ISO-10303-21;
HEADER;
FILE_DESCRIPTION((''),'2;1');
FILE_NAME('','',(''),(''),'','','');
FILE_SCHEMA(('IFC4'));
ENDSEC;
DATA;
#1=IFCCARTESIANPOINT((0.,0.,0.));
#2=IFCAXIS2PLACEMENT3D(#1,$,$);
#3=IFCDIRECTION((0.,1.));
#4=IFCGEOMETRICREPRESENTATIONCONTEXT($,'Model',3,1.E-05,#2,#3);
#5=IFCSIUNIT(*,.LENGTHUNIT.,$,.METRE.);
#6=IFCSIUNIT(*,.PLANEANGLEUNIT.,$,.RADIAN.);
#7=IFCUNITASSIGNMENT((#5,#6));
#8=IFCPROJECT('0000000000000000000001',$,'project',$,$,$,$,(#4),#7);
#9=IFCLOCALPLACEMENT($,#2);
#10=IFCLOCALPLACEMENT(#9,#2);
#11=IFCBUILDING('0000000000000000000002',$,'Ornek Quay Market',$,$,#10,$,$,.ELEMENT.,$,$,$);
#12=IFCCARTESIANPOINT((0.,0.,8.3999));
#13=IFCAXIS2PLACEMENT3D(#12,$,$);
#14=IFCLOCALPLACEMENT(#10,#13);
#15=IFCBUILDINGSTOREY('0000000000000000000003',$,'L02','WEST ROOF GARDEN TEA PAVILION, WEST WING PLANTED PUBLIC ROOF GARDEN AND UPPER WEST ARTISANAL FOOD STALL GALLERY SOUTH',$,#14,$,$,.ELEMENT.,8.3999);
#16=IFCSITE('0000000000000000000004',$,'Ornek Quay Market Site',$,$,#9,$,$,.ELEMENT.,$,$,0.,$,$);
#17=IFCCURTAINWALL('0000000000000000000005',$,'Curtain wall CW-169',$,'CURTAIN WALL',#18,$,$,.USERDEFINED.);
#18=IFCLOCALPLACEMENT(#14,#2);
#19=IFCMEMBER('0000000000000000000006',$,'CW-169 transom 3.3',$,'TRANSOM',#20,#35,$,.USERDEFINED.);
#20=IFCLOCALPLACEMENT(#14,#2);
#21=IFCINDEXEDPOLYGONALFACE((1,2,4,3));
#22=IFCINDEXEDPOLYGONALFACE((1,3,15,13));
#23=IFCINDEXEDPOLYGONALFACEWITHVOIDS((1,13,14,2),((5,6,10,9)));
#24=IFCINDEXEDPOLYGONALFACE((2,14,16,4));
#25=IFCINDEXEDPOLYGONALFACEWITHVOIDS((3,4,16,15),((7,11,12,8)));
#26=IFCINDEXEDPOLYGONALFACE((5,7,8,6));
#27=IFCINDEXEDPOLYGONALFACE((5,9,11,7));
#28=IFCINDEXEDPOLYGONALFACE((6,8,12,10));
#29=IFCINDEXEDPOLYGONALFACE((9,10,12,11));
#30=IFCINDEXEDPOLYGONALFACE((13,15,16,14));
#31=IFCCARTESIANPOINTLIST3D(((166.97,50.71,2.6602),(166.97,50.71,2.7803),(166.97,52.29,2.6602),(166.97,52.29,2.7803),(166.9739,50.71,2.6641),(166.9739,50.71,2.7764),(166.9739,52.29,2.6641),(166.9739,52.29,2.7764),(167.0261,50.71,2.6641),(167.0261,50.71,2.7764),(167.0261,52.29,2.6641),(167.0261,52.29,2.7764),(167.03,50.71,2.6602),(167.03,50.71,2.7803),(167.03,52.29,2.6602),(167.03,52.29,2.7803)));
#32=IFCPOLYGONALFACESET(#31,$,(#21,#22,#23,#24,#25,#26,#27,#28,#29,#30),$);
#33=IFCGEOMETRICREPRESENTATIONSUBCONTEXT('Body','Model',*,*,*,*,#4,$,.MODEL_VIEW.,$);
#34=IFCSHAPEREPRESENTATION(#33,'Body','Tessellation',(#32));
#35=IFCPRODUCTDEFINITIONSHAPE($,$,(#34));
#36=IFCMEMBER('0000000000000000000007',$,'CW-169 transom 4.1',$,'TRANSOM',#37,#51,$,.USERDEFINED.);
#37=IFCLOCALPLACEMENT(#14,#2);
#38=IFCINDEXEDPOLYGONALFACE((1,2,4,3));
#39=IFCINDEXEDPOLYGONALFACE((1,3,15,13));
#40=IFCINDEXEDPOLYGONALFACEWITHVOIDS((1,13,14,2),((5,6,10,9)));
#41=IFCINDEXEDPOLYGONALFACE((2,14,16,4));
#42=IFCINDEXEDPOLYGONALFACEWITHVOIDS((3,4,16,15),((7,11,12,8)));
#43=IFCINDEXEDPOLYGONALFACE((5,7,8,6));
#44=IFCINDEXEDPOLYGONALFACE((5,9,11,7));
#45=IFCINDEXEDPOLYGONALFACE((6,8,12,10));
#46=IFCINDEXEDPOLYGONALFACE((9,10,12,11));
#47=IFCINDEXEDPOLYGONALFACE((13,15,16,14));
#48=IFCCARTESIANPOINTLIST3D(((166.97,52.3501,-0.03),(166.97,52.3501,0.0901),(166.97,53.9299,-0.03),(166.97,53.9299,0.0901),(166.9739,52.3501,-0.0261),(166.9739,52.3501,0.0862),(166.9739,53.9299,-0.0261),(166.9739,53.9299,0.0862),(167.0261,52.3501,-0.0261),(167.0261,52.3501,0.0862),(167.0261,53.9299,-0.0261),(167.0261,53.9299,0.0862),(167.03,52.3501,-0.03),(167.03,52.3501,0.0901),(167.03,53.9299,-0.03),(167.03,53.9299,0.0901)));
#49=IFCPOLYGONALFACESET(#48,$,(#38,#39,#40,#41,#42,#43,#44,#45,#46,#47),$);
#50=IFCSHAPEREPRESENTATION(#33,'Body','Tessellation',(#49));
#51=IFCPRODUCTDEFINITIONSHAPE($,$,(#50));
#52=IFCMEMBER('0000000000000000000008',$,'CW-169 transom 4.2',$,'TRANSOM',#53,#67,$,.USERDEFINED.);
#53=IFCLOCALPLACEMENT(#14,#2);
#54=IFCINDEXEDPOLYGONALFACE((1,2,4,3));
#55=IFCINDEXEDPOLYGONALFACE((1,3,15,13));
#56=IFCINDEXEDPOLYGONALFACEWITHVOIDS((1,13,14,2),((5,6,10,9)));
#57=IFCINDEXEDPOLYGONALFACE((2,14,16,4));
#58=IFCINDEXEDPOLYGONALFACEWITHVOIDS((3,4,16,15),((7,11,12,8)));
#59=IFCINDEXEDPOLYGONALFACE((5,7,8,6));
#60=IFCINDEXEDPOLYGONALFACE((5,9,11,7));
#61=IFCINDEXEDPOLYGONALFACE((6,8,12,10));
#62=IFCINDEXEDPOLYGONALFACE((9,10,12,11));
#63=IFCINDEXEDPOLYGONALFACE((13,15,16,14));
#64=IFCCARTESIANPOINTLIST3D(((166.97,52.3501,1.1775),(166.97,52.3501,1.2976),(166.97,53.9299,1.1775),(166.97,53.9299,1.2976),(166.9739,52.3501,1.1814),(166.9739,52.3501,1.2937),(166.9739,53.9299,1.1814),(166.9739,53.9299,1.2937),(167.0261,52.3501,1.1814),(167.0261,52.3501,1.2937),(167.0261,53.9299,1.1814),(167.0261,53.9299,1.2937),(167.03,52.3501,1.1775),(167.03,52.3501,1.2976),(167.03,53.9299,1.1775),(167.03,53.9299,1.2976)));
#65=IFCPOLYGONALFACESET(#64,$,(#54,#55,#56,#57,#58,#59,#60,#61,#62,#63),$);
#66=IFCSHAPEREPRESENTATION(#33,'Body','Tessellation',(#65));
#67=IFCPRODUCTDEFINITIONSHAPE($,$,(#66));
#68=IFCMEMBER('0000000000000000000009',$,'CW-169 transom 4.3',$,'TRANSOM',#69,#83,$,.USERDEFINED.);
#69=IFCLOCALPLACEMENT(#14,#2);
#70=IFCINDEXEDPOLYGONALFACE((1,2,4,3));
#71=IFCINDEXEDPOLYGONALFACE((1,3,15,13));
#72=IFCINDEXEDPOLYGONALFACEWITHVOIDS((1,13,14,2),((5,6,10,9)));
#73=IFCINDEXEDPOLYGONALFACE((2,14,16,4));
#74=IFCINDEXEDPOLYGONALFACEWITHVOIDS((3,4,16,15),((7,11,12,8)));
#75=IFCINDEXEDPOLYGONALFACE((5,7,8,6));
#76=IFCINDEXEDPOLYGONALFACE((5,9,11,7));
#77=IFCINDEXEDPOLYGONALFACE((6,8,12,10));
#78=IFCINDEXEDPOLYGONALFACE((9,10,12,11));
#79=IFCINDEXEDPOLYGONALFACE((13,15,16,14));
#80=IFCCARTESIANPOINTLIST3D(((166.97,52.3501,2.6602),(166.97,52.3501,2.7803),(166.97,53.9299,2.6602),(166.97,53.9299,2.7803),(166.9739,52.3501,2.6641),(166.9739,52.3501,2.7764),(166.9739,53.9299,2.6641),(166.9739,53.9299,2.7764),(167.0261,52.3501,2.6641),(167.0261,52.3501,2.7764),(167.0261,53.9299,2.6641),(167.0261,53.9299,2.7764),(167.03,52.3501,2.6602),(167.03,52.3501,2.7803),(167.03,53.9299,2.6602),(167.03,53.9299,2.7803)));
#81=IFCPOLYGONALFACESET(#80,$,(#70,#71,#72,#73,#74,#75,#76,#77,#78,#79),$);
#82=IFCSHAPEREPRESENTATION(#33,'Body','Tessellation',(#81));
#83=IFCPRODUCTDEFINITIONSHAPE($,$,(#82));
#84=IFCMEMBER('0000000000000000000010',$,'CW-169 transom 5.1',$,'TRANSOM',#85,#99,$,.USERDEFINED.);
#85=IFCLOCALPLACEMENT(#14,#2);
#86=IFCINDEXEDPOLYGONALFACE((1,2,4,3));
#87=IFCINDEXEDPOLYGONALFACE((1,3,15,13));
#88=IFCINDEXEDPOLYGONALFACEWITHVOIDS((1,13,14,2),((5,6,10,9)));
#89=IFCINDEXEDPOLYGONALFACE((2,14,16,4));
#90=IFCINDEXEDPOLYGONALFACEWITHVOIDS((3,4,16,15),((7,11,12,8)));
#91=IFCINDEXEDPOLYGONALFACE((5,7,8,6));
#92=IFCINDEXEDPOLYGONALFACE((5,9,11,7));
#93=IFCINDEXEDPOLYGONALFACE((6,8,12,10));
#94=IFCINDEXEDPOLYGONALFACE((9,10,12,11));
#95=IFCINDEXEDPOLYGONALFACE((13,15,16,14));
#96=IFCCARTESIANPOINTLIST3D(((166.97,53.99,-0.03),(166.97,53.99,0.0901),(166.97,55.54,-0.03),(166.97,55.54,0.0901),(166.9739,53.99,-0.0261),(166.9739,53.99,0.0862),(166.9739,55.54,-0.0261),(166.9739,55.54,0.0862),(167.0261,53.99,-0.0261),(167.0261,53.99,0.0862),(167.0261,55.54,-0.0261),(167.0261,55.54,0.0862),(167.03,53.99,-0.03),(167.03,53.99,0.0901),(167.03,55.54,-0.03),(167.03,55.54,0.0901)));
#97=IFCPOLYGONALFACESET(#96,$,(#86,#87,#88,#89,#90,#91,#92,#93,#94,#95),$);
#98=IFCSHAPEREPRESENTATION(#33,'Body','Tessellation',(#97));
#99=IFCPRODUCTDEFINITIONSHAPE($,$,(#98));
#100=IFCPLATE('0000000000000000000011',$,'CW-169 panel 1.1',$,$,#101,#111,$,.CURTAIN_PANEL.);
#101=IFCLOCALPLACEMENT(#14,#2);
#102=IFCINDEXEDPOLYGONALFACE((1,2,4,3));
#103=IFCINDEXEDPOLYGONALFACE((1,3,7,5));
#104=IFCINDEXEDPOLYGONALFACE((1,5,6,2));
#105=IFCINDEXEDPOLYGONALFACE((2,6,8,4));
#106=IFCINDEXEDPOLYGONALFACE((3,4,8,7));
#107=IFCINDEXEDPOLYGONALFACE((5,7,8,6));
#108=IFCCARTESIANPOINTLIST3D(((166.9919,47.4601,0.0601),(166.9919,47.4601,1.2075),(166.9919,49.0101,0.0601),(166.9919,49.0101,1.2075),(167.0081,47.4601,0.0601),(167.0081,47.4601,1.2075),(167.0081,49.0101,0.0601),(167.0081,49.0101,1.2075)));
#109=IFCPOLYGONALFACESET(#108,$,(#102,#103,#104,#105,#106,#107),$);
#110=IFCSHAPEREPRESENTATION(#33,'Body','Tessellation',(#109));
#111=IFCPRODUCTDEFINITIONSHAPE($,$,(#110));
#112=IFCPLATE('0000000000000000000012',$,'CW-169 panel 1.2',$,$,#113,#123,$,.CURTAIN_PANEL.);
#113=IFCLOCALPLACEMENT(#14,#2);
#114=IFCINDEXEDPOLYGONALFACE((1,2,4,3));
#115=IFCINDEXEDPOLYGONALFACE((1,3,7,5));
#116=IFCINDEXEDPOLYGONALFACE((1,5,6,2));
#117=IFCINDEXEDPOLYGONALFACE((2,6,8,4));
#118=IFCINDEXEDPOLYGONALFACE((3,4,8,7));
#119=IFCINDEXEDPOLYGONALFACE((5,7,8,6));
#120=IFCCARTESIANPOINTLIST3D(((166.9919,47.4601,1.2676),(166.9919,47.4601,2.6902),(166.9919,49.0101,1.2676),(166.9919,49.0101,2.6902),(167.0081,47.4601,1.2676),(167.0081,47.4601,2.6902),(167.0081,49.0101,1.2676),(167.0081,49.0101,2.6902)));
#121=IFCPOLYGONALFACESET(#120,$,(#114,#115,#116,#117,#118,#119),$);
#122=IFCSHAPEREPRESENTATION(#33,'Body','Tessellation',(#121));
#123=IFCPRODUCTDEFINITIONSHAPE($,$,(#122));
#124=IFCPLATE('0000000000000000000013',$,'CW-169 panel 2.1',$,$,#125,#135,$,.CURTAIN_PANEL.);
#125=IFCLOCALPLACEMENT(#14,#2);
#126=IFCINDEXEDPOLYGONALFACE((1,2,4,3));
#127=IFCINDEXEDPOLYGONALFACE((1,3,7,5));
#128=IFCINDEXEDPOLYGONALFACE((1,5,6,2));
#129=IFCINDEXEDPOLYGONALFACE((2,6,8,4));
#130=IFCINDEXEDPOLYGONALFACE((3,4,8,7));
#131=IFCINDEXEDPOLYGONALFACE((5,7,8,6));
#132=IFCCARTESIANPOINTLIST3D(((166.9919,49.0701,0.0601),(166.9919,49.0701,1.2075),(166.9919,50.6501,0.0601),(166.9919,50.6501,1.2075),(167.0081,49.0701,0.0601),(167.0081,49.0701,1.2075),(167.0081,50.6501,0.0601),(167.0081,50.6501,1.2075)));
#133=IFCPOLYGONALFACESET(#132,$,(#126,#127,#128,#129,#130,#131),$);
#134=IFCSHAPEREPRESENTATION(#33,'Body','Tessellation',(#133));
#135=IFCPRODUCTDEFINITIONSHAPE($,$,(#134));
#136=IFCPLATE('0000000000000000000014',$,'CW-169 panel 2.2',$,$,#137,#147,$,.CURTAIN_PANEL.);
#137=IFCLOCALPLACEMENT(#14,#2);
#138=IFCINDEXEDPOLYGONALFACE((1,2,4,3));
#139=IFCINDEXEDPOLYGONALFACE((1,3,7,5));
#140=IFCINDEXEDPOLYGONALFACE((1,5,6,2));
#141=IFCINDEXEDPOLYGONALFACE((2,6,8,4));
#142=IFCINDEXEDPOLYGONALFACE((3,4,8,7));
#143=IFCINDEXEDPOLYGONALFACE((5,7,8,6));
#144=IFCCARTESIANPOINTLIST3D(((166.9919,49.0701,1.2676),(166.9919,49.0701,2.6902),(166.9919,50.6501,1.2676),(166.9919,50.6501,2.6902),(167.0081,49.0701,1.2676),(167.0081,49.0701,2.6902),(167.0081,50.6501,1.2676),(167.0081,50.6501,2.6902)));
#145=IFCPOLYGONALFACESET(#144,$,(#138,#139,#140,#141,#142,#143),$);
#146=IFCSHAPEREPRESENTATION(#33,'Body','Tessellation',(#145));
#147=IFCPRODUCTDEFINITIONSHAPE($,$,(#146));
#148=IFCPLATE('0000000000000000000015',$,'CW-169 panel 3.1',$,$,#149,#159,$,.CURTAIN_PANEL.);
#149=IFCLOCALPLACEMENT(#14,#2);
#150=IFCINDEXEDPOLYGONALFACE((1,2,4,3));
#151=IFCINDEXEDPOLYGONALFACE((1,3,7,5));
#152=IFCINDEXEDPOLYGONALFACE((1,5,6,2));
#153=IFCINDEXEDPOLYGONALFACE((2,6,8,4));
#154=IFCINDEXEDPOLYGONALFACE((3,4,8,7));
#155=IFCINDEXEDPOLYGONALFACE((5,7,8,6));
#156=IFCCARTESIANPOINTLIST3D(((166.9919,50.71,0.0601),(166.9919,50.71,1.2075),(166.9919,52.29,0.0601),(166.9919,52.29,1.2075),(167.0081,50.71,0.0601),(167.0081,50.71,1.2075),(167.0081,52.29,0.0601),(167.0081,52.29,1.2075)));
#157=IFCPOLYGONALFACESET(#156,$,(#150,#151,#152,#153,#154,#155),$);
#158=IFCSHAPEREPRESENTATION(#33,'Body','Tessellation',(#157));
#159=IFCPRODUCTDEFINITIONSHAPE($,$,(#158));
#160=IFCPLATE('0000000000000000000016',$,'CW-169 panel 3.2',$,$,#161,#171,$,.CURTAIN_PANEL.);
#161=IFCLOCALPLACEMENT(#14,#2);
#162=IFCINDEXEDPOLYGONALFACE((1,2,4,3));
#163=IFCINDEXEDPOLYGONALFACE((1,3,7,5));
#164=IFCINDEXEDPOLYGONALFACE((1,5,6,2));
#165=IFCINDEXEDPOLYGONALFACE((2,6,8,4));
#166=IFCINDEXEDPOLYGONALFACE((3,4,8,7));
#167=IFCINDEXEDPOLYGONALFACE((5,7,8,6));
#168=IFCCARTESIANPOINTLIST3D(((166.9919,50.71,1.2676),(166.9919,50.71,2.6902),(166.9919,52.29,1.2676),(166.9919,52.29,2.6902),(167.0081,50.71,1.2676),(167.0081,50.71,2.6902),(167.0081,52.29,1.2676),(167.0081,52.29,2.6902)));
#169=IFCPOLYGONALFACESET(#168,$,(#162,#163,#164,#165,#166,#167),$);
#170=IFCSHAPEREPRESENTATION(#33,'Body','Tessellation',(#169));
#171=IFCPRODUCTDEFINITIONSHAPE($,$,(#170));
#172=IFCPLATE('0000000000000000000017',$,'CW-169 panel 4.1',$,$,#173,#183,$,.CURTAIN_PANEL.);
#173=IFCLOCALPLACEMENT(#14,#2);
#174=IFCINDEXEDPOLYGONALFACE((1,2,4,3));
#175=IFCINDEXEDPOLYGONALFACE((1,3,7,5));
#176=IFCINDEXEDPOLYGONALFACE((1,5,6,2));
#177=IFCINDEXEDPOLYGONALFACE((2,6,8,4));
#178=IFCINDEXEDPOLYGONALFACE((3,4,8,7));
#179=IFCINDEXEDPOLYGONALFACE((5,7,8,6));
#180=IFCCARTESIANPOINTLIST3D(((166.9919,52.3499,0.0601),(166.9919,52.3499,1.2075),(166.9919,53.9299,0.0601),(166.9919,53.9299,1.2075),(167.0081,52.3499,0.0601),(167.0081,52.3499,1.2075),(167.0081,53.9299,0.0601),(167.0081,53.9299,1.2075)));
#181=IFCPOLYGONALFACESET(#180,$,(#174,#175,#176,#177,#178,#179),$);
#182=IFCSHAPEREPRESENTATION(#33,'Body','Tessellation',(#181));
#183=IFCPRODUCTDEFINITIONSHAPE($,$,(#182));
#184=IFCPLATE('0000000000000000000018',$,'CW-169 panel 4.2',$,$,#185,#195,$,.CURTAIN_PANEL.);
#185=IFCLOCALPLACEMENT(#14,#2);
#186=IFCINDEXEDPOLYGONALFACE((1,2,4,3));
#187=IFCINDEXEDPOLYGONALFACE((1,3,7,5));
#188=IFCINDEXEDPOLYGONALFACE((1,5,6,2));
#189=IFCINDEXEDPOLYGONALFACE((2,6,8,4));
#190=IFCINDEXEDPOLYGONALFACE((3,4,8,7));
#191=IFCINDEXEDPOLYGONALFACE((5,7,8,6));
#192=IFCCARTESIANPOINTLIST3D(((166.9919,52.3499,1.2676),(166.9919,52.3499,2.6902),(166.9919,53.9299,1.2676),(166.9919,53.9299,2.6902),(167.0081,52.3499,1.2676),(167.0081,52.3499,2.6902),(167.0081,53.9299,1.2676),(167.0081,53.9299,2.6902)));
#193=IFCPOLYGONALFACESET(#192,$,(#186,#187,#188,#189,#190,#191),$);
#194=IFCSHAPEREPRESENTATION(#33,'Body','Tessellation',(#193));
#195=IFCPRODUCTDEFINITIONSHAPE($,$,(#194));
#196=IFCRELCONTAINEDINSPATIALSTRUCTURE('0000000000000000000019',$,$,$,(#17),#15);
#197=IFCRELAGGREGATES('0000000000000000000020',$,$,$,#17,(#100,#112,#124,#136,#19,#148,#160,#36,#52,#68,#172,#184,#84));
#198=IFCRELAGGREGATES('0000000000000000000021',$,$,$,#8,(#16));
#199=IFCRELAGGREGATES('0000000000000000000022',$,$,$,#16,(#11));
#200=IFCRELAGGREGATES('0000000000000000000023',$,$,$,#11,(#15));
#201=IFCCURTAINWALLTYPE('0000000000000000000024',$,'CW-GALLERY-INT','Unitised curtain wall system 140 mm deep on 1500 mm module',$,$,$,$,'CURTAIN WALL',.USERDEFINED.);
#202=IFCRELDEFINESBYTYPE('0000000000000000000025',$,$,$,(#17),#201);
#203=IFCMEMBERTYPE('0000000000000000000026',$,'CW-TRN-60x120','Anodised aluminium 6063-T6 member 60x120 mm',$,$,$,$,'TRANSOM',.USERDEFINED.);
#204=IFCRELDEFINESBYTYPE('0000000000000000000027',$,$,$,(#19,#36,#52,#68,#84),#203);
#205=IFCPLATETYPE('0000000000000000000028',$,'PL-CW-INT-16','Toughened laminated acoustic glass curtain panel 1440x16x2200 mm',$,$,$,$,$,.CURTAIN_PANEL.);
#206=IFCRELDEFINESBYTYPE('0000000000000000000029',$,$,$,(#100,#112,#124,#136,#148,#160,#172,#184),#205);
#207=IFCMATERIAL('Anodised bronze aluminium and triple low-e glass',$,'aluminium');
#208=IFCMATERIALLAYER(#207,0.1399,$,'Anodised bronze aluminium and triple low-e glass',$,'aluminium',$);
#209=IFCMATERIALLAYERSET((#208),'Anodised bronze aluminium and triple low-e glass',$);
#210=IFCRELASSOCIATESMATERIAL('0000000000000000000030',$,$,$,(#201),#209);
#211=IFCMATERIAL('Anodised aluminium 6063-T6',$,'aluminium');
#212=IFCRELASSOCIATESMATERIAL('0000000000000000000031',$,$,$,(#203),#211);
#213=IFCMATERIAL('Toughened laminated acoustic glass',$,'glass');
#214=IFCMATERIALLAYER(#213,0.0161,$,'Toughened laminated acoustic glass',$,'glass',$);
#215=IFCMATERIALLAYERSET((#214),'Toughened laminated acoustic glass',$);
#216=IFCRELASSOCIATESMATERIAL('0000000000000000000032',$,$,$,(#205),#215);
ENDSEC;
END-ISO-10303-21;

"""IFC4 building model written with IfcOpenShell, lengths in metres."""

from ifc_helpers import new_model, si_unit, direction, frame, origin, origin_2d, place, context, subcontext, project, spatial, rectangle, hollow_rectangle, extrude, material, layer, layer_set, material_profile, profile_set, type_object, element, aggregate, save


model = new_model("IFC4")

# Units and contexts
model_context = context("Model", 3, precision=1e-05, world=origin(), true_north=direction((0.0, 1.0)))
body_context = subcontext(model_context, "Body", "Model", "MODEL_VIEW")
ifc_project = project(units=[si_unit("LENGTHUNIT", "METRE"), si_unit("PLANEANGLEUNIT", "RADIAN")], contexts=[model_context])

# Site, building, storey
site_placement = place(None, origin())
site = spatial("IfcSite", under=ifc_project, at=site_placement, Name="Ornek Quay Market Site", CompositionType="ELEMENT", RefElevation=0.0)
building_placement = place(site_placement, origin())
building = spatial("IfcBuilding", under=site, at=building_placement, Name="Ornek Quay Market", CompositionType="ELEMENT")
storey_placement = place(building_placement, frame((0.0, 0.0, 8.3999)))
storey = spatial("IfcBuildingStorey", under=building, at=storey_placement, Name="L02", Description="WEST ROOF GARDEN TEA PAVILION, WEST WING PLANTED PUBLIC ROOF GARDEN AND UPPER WEST ARTISANAL FOOD STALL GALLERY SOUTH", CompositionType="ELEMENT", Elevation=8.3999)

# Shared definitions
ifc_material_1 = material(Name="Anodised bronze aluminium and triple low-e glass", Category="aluminium")
ifc_layer_1 = layer(ifc_material_1, 0.1399, Name="Anodised bronze aluminium and triple low-e glass", Category="aluminium")
ifc_layer_set_1 = layer_set([ifc_layer_1], Name="Anodised bronze aluminium and triple low-e glass")
curtain_wall_type = type_object("IfcCurtainWallType", Name="CW-GALLERY-INT", Description="Unitised curtain wall system 140 mm deep on 1500 mm module", ElementType="CURTAIN WALL", PredefinedType="USERDEFINED", material=ifc_layer_set_1)
ifc_material_2 = material(Name="Anodised aluminium 6063-T6", Category="aluminium")

# Curtain wall, members, plates
curtain_wall_1_placement = place(storey_placement, origin())
curtain_wall_1 = element("IfcCurtainWall", 1, at=curtain_wall_1_placement, inside=storey, type_object=curtain_wall_type, Name="Curtain wall CW-169", ObjectType="CURTAIN WALL", PredefinedType="USERDEFINED")
ifc_material_profile_1 = material_profile(ifc_material_2, hollow_rectangle(XDim=0.0601, YDim=0.1201, WallThickness=0.0039, at=origin_2d()), Name="CW-TRN-60x120", Category="aluminium")
ifc_profile_set_1 = profile_set([ifc_material_profile_1], Name="Anodised aluminium 6063-T6")
member_type_1 = type_object("IfcMemberType", Name="CW-TRN-60x120", Description="Anodised aluminium 6063-T6 member 60x120 mm", ElementType="TRANSOM", PredefinedType="USERDEFINED", material=ifc_profile_set_1)
member_1_placement = place(storey_placement, frame((167.0, 50.71, 2.7202), z_axis=(0.0, 1.0, 0.0), x_axis=(-1.0, 0.0, 0.0)))
member_1 = element("IfcMember", 2, at=member_1_placement, type_object=member_type_1, Name="CW-169 transom 3.3", ObjectType="TRANSOM", PredefinedType="USERDEFINED", context=body_context, shape_type="SweptSolid", body=[
    extrude(hollow_rectangle(XDim=0.0601, YDim=0.1201, WallThickness=0.0039, at=origin_2d()), origin(), (0.0, 0.0, 1.0), 1.5801),
])
member_2_placement = place(storey_placement, frame((167.0, 52.3501, 0.03), z_axis=(0.0, 1.0, 0.0), x_axis=(-1.0, 0.0, 0.0)))
member_2 = element("IfcMember", 3, at=member_2_placement, type_object=member_type_1, Name="CW-169 transom 4.1", ObjectType="TRANSOM", PredefinedType="USERDEFINED", context=body_context, shape_type="SweptSolid", body=[
    extrude(hollow_rectangle(XDim=0.0601, YDim=0.1201, WallThickness=0.0039, at=origin_2d()), origin(), (0.0, 0.0, 1.0), 1.5798),
])
member_3_placement = place(storey_placement, frame((167.0, 52.3501, 1.2375), z_axis=(0.0, 1.0, 0.0), x_axis=(-1.0, 0.0, 0.0)))
member_3 = element("IfcMember", 4, at=member_3_placement, type_object=member_type_1, Name="CW-169 transom 4.2", ObjectType="TRANSOM", PredefinedType="USERDEFINED", context=body_context, shape_type="SweptSolid", body=[
    extrude(hollow_rectangle(XDim=0.0601, YDim=0.1201, WallThickness=0.0039, at=origin_2d()), origin(), (0.0, 0.0, 1.0), 1.5798),
])
member_4_placement = place(storey_placement, frame((167.0, 52.3501, 2.7202), z_axis=(0.0, 1.0, 0.0), x_axis=(-1.0, 0.0, 0.0)))
member_4 = element("IfcMember", 5, at=member_4_placement, type_object=member_type_1, Name="CW-169 transom 4.3", ObjectType="TRANSOM", PredefinedType="USERDEFINED", context=body_context, shape_type="SweptSolid", body=[
    extrude(hollow_rectangle(XDim=0.0601, YDim=0.1201, WallThickness=0.0039, at=origin_2d()), origin(), (0.0, 0.0, 1.0), 1.5798),
])
member_5_placement = place(storey_placement, frame((167.0, 53.99, 0.03), z_axis=(0.0, 1.0, 0.0), x_axis=(-1.0, 0.0, 0.0)))
member_5 = element("IfcMember", 6, at=member_5_placement, type_object=member_type_1, Name="CW-169 transom 5.1", ObjectType="TRANSOM", PredefinedType="USERDEFINED", context=body_context, shape_type="SweptSolid", body=[
    extrude(hollow_rectangle(XDim=0.0601, YDim=0.1201, WallThickness=0.0039, at=origin_2d()), origin(), (0.0, 0.0, 1.0), 1.55),
])
ifc_material_3 = material(Name="Toughened laminated acoustic glass", Category="glass")
ifc_layer_2 = layer(ifc_material_3, 0.0161, Name="Toughened laminated acoustic glass", Category="glass")
ifc_layer_set_2 = layer_set([ifc_layer_2], Name="Toughened laminated acoustic glass")
plate_type = type_object("IfcPlateType", Name="PL-CW-INT-16", Description="Toughened laminated acoustic glass curtain panel 1440x16x2200 mm", PredefinedType="CURTAIN_PANEL", material=ifc_layer_set_2)
plate_1_placement = place(storey_placement, frame((167.0, 48.2351, 0.0601), z_axis=(0.0, 0.0, 1.0), x_axis=(0.0, 1.0, 0.0)))
plate_1 = element("IfcPlate", 7, at=plate_1_placement, type_object=plate_type, Name="CW-169 panel 1.1", PredefinedType="CURTAIN_PANEL", context=body_context, shape_type="SweptSolid", body=[
    extrude(rectangle(XDim=1.55, YDim=0.0161, at=origin_2d()), origin(), (0.0, 0.0, 1.0), 1.1475),
])
plate_2_placement = place(storey_placement, frame((167.0, 48.2351, 1.2676), z_axis=(0.0, 0.0, 1.0), x_axis=(0.0, 1.0, 0.0)))
plate_2 = element("IfcPlate", 8, at=plate_2_placement, type_object=plate_type, Name="CW-169 panel 1.2", PredefinedType="CURTAIN_PANEL", context=body_context, shape_type="SweptSolid", body=[
    extrude(rectangle(XDim=1.55, YDim=0.0161, at=origin_2d()), origin(), (0.0, 0.0, 1.0), 1.4226),
])
plate_3_placement = place(storey_placement, frame((167.0, 49.8601, 0.0601), z_axis=(0.0, 0.0, 1.0), x_axis=(0.0, 1.0, 0.0)))
plate_3 = element("IfcPlate", 9, at=plate_3_placement, type_object=plate_type, Name="CW-169 panel 2.1", PredefinedType="CURTAIN_PANEL", context=body_context, shape_type="SweptSolid", body=[
    extrude(rectangle(XDim=1.5801, YDim=0.0161, at=origin_2d()), origin(), (0.0, 0.0, 1.0), 1.1475),
])
plate_4_placement = place(storey_placement, frame((167.0, 49.8601, 1.2676), z_axis=(0.0, 0.0, 1.0), x_axis=(0.0, 1.0, 0.0)))
plate_4 = element("IfcPlate", 10, at=plate_4_placement, type_object=plate_type, Name="CW-169 panel 2.2", PredefinedType="CURTAIN_PANEL", context=body_context, shape_type="SweptSolid", body=[
    extrude(rectangle(XDim=1.5801, YDim=0.0161, at=origin_2d()), origin(), (0.0, 0.0, 1.0), 1.4226),
])
plate_5_placement = place(storey_placement, frame((167.0, 51.5, 0.0601), z_axis=(0.0, 0.0, 1.0), x_axis=(0.0, 1.0, 0.0)))
plate_5 = element("IfcPlate", 11, at=plate_5_placement, type_object=plate_type, Name="CW-169 panel 3.1", PredefinedType="CURTAIN_PANEL", context=body_context, shape_type="SweptSolid", body=[
    extrude(rectangle(XDim=1.5801, YDim=0.0161, at=origin_2d()), origin(), (0.0, 0.0, 1.0), 1.1475),
])
plate_6_placement = place(storey_placement, frame((167.0, 51.5, 1.2676), z_axis=(0.0, 0.0, 1.0), x_axis=(0.0, 1.0, 0.0)))
plate_6 = element("IfcPlate", 12, at=plate_6_placement, type_object=plate_type, Name="CW-169 panel 3.2", PredefinedType="CURTAIN_PANEL", context=body_context, shape_type="SweptSolid", body=[
    extrude(rectangle(XDim=1.5801, YDim=0.0161, at=origin_2d()), origin(), (0.0, 0.0, 1.0), 1.4226),
])
plate_7_placement = place(storey_placement, frame((167.0, 53.1399, 0.0601), z_axis=(0.0, 0.0, 1.0), x_axis=(0.0, 1.0, 0.0)))
plate_7 = element("IfcPlate", 13, at=plate_7_placement, type_object=plate_type, Name="CW-169 panel 4.1", PredefinedType="CURTAIN_PANEL", context=body_context, shape_type="SweptSolid", body=[
    extrude(rectangle(XDim=1.5801, YDim=0.0161, at=origin_2d()), origin(), (0.0, 0.0, 1.0), 1.1475),
])
plate_8_placement = place(storey_placement, frame((167.0, 53.1399, 1.2676), z_axis=(0.0, 0.0, 1.0), x_axis=(0.0, 1.0, 0.0)))
plate_8 = element("IfcPlate", 14, at=plate_8_placement, type_object=plate_type, Name="CW-169 panel 4.2", PredefinedType="CURTAIN_PANEL", context=body_context, shape_type="SweptSolid", body=[
    extrude(rectangle(XDim=1.5801, YDim=0.0161, at=origin_2d()), origin(), (0.0, 0.0, 1.0), 1.4226),
])
aggregate(curtain_wall_1, [plate_1, plate_2, plate_3, plate_4, member_1, plate_5, plate_6, member_2, member_3, member_4, plate_7, plate_8, member_5])

save(model, "model.ifc")
